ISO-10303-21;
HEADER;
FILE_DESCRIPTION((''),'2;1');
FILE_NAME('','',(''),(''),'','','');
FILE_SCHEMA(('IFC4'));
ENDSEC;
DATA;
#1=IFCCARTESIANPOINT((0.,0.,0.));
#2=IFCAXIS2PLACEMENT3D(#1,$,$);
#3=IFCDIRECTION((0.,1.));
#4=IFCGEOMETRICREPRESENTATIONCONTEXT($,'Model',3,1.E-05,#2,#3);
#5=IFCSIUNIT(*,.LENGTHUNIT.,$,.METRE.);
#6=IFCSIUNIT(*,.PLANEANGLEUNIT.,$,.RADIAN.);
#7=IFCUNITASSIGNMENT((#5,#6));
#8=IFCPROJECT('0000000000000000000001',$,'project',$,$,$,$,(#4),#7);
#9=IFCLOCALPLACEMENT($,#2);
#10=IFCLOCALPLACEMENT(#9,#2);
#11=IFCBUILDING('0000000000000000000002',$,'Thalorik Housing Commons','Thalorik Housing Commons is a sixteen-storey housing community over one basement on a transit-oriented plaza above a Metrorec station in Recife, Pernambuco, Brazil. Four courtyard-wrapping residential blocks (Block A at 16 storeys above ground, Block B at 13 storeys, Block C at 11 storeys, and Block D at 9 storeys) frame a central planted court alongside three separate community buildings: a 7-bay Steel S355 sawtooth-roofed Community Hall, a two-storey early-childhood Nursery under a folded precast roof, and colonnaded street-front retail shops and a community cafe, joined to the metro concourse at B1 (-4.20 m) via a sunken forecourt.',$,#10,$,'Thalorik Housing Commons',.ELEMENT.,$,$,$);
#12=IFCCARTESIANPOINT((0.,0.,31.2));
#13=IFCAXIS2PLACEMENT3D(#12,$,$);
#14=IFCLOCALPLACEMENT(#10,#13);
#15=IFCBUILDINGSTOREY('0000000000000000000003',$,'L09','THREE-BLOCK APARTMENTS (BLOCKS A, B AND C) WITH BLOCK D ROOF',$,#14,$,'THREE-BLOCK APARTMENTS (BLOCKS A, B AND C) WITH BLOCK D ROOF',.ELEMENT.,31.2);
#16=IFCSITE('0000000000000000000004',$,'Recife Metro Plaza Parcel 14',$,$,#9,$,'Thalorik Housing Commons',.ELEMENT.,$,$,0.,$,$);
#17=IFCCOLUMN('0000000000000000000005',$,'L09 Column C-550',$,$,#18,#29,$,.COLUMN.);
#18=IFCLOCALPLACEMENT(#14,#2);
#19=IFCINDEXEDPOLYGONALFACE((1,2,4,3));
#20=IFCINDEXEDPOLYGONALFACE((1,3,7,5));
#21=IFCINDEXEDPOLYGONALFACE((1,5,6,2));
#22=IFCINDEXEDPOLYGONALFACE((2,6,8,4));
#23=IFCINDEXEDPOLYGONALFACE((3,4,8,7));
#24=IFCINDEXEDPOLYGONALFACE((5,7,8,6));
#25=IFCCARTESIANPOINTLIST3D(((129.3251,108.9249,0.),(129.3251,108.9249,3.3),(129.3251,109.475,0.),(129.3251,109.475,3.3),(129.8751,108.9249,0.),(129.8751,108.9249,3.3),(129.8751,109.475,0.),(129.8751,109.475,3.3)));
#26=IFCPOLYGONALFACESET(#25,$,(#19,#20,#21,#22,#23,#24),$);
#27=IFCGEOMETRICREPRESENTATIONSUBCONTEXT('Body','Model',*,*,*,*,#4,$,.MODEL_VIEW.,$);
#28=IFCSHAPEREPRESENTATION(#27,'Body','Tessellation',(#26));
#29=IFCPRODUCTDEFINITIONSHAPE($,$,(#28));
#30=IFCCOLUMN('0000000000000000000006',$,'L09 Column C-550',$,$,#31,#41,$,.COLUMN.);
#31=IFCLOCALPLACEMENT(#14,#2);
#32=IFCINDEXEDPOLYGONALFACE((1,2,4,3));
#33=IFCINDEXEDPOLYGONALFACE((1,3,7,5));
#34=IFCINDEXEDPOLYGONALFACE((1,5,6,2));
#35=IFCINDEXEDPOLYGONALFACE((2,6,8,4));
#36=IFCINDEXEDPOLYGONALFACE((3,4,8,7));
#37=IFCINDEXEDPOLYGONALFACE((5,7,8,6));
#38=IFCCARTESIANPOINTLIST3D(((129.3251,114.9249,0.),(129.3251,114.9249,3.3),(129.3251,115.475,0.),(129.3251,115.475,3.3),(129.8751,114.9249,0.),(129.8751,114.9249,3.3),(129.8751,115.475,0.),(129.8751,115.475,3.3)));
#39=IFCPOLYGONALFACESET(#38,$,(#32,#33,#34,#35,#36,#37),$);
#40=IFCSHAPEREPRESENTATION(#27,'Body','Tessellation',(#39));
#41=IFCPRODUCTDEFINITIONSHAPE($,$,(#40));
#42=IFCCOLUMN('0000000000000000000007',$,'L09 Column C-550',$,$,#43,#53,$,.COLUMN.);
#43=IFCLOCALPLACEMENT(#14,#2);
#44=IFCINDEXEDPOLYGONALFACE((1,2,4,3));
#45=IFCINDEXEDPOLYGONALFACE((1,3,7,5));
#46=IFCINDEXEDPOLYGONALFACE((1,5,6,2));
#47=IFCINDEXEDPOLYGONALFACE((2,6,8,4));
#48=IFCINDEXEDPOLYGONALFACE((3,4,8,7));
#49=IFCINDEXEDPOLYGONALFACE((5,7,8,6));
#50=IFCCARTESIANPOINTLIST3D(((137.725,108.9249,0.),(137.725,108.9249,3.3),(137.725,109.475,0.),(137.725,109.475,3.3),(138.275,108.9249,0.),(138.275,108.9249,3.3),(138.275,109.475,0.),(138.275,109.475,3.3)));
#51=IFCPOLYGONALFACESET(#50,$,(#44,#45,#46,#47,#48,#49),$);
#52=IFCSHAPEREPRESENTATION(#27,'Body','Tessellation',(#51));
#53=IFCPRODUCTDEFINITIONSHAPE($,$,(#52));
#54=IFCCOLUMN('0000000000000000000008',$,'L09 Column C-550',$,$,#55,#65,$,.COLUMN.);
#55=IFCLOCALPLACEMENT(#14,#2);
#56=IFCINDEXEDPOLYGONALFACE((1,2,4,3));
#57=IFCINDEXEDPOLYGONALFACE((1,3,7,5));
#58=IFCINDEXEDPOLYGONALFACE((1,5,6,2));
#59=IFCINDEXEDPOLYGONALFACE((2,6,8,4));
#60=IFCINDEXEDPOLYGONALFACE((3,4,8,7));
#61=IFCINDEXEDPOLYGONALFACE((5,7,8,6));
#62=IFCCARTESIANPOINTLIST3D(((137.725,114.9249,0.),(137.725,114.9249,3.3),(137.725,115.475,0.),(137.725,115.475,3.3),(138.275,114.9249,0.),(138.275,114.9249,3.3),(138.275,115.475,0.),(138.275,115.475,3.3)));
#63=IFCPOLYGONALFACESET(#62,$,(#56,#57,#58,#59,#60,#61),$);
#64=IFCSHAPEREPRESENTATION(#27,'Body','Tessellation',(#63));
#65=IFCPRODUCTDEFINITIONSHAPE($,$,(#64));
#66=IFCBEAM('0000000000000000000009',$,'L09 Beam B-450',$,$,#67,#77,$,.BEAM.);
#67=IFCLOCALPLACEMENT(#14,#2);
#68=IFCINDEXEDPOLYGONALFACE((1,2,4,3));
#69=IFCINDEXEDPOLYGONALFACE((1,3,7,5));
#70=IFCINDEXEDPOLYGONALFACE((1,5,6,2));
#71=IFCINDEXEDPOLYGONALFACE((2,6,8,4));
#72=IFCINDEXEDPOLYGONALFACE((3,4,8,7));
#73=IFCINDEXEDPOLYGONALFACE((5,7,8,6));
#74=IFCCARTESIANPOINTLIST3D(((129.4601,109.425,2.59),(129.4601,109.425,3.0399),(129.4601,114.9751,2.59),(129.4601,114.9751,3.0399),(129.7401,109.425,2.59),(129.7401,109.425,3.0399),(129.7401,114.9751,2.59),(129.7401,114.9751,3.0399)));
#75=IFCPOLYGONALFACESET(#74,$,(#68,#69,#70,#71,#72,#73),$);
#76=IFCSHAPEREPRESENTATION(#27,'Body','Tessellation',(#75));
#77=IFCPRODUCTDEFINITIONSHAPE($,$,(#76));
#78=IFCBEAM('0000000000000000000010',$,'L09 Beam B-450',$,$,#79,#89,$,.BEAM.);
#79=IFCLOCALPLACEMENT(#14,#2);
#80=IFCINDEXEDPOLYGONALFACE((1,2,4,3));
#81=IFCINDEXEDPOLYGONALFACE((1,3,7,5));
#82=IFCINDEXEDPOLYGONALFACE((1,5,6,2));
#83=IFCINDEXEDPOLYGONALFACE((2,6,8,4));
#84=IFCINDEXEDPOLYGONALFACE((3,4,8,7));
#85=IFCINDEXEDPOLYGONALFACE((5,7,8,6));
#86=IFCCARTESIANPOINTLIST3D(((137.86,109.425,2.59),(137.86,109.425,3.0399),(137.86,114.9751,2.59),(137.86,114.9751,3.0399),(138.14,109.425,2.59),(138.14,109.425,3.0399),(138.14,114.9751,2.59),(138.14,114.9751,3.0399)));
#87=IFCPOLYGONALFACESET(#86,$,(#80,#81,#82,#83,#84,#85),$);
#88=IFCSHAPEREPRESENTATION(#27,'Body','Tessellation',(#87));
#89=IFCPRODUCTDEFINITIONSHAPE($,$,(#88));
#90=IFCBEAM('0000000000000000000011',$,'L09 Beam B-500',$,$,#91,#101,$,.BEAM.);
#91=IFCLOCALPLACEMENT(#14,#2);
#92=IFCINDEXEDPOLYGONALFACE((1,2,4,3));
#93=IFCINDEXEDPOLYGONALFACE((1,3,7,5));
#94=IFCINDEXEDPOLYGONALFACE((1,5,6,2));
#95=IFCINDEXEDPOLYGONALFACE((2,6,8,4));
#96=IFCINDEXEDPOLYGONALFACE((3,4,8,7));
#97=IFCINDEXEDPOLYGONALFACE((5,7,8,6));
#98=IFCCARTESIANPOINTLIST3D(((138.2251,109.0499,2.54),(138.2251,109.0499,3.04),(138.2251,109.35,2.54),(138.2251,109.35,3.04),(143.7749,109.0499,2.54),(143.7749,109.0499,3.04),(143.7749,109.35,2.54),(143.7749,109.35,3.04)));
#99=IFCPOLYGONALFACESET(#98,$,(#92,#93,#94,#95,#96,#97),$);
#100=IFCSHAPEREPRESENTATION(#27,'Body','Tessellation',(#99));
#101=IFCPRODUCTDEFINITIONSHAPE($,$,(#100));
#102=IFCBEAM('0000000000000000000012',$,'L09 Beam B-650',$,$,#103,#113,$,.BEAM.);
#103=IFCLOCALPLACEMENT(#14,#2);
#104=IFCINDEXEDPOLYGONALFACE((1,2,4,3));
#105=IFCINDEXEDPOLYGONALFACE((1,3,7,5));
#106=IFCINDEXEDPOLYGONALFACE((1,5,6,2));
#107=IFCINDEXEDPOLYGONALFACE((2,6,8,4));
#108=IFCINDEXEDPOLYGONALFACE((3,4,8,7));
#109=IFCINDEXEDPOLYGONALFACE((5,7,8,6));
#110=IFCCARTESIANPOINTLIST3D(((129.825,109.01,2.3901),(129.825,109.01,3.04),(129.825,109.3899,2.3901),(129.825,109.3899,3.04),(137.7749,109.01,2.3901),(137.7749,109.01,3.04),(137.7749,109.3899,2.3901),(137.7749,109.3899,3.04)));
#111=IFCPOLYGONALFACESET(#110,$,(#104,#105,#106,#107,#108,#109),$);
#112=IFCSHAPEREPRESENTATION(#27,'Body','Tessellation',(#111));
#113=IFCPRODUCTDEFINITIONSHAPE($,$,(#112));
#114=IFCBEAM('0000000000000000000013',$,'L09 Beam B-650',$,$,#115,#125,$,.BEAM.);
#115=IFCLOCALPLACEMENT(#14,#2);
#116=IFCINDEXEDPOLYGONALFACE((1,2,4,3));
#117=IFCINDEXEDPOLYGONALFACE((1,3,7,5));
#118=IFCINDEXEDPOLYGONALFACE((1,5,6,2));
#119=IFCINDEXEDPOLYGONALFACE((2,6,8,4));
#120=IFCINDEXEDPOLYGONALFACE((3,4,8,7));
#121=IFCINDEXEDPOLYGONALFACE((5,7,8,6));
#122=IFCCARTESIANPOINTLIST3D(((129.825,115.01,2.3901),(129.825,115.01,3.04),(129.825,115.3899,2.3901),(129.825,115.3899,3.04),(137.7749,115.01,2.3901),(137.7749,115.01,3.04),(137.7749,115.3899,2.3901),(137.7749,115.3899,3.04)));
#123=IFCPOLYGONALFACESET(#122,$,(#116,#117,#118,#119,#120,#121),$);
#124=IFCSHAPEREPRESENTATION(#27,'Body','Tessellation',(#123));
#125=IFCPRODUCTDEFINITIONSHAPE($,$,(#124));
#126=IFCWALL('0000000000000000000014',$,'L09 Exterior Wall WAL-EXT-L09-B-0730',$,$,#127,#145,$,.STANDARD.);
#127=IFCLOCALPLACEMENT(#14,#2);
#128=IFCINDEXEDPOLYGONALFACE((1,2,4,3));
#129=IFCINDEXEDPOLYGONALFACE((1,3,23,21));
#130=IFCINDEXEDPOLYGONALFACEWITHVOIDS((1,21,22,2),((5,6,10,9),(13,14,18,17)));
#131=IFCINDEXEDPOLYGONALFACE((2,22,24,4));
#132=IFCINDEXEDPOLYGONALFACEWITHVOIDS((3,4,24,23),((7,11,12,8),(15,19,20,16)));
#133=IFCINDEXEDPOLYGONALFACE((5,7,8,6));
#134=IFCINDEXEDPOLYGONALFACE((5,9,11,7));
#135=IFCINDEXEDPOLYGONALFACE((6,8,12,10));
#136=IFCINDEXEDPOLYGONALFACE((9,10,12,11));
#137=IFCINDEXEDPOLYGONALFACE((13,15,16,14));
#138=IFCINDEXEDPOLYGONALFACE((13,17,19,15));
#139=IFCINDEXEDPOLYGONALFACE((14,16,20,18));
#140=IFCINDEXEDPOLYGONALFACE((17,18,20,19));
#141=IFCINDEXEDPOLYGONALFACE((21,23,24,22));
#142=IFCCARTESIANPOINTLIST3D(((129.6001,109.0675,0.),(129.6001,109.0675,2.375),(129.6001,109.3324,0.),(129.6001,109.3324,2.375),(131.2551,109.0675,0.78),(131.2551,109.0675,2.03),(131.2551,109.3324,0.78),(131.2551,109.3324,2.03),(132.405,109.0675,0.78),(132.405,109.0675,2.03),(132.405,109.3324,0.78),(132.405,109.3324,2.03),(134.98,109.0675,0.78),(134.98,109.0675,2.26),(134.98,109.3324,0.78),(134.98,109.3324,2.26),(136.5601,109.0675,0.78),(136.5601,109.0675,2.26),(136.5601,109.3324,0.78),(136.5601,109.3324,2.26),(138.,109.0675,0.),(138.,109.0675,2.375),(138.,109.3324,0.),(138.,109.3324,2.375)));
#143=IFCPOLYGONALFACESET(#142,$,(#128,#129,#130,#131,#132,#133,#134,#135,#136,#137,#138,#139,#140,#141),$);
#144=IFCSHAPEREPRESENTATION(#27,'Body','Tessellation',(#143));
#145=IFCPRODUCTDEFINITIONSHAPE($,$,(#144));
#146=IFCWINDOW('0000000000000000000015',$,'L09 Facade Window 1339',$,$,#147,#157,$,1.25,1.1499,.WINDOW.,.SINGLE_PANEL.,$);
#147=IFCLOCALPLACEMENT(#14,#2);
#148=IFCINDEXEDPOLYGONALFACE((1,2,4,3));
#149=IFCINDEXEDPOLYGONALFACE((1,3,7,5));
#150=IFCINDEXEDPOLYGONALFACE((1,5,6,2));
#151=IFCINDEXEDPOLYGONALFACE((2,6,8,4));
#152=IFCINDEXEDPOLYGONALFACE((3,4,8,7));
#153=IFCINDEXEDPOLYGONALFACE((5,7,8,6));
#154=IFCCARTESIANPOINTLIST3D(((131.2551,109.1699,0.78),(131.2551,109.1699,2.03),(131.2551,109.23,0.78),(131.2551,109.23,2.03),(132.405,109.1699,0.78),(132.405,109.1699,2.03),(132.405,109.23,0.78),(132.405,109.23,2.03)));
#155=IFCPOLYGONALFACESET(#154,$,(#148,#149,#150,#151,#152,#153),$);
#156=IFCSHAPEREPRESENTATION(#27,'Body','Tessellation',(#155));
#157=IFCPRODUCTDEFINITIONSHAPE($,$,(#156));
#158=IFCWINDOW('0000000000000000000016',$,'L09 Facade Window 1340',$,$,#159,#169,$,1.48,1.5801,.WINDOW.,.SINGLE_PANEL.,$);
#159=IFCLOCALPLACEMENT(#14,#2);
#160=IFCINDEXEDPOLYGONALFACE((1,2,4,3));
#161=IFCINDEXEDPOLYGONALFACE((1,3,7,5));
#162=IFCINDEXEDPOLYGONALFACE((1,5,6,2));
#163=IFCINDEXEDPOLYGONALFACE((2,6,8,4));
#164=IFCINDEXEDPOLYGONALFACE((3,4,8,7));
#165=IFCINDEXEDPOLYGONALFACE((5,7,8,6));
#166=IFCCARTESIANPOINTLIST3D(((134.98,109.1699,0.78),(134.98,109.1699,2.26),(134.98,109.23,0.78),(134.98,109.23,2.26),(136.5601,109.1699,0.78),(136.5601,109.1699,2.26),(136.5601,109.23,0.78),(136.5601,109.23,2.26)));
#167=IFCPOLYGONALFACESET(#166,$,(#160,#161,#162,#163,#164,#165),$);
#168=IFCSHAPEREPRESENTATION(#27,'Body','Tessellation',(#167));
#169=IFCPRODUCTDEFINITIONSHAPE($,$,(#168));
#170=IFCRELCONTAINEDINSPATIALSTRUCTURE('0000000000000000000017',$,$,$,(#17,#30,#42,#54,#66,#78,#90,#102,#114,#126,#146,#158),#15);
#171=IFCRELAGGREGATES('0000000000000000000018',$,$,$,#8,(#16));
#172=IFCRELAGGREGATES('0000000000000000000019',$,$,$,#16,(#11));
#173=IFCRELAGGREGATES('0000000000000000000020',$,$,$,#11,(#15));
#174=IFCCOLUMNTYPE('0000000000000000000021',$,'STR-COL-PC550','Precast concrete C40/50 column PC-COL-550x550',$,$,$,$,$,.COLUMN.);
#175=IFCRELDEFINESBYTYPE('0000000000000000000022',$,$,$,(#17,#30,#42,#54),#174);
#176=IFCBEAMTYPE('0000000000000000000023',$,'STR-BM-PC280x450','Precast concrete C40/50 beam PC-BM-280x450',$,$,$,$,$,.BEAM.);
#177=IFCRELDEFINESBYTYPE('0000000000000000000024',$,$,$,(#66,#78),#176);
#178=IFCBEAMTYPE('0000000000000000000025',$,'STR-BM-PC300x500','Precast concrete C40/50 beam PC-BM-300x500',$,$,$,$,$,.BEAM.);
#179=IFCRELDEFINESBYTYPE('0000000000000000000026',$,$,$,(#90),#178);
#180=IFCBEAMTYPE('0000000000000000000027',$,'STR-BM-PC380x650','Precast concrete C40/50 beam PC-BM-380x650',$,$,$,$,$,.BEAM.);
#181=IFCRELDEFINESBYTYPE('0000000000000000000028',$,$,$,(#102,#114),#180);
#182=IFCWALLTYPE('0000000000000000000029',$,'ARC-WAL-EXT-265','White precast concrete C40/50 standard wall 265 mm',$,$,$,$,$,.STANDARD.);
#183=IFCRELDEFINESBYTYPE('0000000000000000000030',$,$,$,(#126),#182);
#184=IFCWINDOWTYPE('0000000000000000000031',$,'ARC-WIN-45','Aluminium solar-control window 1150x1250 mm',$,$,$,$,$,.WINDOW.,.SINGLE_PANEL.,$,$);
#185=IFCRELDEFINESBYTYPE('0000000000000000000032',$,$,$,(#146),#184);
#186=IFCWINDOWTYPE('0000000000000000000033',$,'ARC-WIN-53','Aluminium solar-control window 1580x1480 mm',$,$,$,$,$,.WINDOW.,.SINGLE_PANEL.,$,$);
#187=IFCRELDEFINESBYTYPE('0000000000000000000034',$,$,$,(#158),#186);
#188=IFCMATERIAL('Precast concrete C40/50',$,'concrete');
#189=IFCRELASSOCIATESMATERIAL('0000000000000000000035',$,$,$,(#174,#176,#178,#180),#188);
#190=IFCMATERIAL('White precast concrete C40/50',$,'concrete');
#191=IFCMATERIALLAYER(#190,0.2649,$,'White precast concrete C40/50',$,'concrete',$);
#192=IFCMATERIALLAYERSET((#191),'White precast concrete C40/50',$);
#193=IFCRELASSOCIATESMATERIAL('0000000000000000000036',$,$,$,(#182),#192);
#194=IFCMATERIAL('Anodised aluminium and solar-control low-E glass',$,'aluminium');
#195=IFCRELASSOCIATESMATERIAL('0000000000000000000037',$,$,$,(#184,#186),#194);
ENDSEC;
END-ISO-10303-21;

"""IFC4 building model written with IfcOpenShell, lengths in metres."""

from ifc_helpers import new_model, si_unit, direction, frame, frame_2d, origin, origin_2d, place, context, subcontext, project, spatial, rectangle, extrude, material, layer, layer_set, material_profile, profile_set, type_object, element, fill, save


model = new_model("IFC4")

# Units and contexts
model_context = context("Model", 3, precision=1e-05, world=origin(), true_north=direction((0.0, 1.0)))
body_context = subcontext(model_context, "Body", "Model", "MODEL_VIEW")
ifc_project = project(units=[si_unit("LENGTHUNIT", "METRE"), si_unit("PLANEANGLEUNIT", "RADIAN")], contexts=[model_context])

# Site, building, storey
site_placement = place(None, origin())
site = spatial("IfcSite", under=ifc_project, at=site_placement, Name="Recife Metro Plaza Parcel 14", LongName="Thalorik Housing Commons", CompositionType="ELEMENT", RefElevation=0.0)
building_placement = place(site_placement, origin())
building = spatial("IfcBuilding", under=site, at=building_placement, Name="Thalorik Housing Commons", Description="Thalorik Housing Commons is a sixteen-storey housing community over one basement on a transit-oriented plaza above a Metrorec station in Recife, Pernambuco, Brazil. Four courtyard-wrapping residential blocks (Block A at 16 storeys above ground, Block B at 13 storeys, Block C at 11 storeys, and Block D at 9 storeys) frame a central planted court alongside three separate community buildings: a 7-bay Steel S355 sawtooth-roofed Community Hall, a two-storey early-childhood Nursery under a folded precast roof, and colonnaded street-front retail shops and a community cafe, joined to the metro concourse at B1 (-4.20 m) via a sunken forecourt.", LongName="Thalorik Housing Commons", CompositionType="ELEMENT")
storey_placement = place(building_placement, frame((0.0, 0.0, 31.2)))
storey = spatial("IfcBuildingStorey", under=building, at=storey_placement, Name="L09", Description="THREE-BLOCK APARTMENTS (BLOCKS A, B AND C) WITH BLOCK D ROOF", LongName="THREE-BLOCK APARTMENTS (BLOCKS A, B AND C) WITH BLOCK D ROOF", CompositionType="ELEMENT", Elevation=31.2)

# Columns
ifc_material_1 = material(Name="Precast concrete C40/50", Category="concrete")
ifc_material_profile_1 = material_profile(ifc_material_1, rectangle(XDim=0.55, YDim=0.55, at=origin_2d()), Name="PC 550x550", Category="concrete")
ifc_profile_set_1 = profile_set([ifc_material_profile_1], Name="Precast concrete C40/50")
column_type = type_object("IfcColumnType", Name="STR-COL-PC550", Description="Precast concrete C40/50 column PC-COL-550x550", PredefinedType="COLUMN", material=ifc_profile_set_1)
for number, where, z_axis, x_axis, name in (
    (1, (129.6001, 109.2, 0.0), (0.0, 0.0, 1.0), (1.0, 0.0, 0.0), "L09 Column C-550"),
    (2, (129.6001, 115.2, 0.0), (0.0, 0.0, 1.0), (1.0, 0.0, 0.0), "L09 Column C-550"),
    (3, (138.0, 109.2, 0.0), (0.0, 0.0, 1.0), (1.0, 0.0, 0.0), "L09 Column C-550"),
    (4, (138.0, 115.2, 0.0), (0.0, 0.0, 1.0), (1.0, 0.0, 0.0), "L09 Column C-550"),
):
    element("IfcColumn", number, at=place(storey_placement, frame(where, z_axis=z_axis, x_axis=x_axis)), inside=storey, type_object=column_type, Name=name, PredefinedType="COLUMN", context=body_context, shape_type="SweptSolid", body=[
        extrude(rectangle(XDim=0.55, YDim=0.55, at=origin_2d()), origin(), (0.0, 0.0, 1.0), 3.3),
    ])

# Beams
ifc_material_profile_2 = material_profile(ifc_material_1, rectangle(XDim=0.28, YDim=0.45, at=origin_2d()), Name="PC 280x450", Category="concrete")
ifc_profile_set_2 = profile_set([ifc_material_profile_2], Name="Precast concrete C40/50")
beam_type_1 = type_object("IfcBeamType", Name="STR-BM-PC280x450", Description="Precast concrete C40/50 beam PC-BM-280x450", PredefinedType="BEAM", material=ifc_profile_set_2)
for number, where, z_axis, x_axis, name in (
    (5, (129.6001, 109.425, 2.8149), (0.0, 1.0, 0.0), (-1.0, 0.0, 0.0), "L09 Beam B-450"),
    (6, (138.0, 109.425, 2.8149), (0.0, 1.0, 0.0), (-1.0, 0.0, 0.0), "L09 Beam B-450"),
):
    element("IfcBeam", number, at=place(storey_placement, frame(where, z_axis=z_axis, x_axis=x_axis)), inside=storey, type_object=beam_type_1, Name=name, PredefinedType="BEAM", context=body_context, shape_type="SweptSolid", body=[
        extrude(rectangle(XDim=0.28, YDim=0.45, at=origin_2d()), origin(), (0.0, 0.0, 1.0), 5.55),
    ])
ifc_material_profile_3 = material_profile(ifc_material_1, rectangle(XDim=0.3, YDim=0.5, at=origin_2d()), Name="PC 300x500", Category="concrete")
ifc_profile_set_3 = profile_set([ifc_material_profile_3], Name="Precast concrete C40/50")
beam_type_2 = type_object("IfcBeamType", Name="STR-BM-PC300x500", Description="Precast concrete C40/50 beam PC-BM-300x500", PredefinedType="BEAM", material=ifc_profile_set_3)
beam_placement = place(storey_placement, frame((138.2251, 109.2, 2.79), z_axis=(1.0, 0.0, 0.0), x_axis=(0.0, 1.0, 0.0)))
element("IfcBeam", 7, at=beam_placement, inside=storey, type_object=beam_type_2, Name="L09 Beam B-500", PredefinedType="BEAM", context=body_context, shape_type="SweptSolid", body=[
    extrude(rectangle(XDim=0.3, YDim=0.5, at=origin_2d()), origin(), (0.0, 0.0, 1.0), 5.5498),
])
ifc_material_profile_4 = material_profile(ifc_material_1, rectangle(XDim=0.3799, YDim=0.6499, at=origin_2d()), Name="PC 380x650", Category="concrete")
ifc_profile_set_4 = profile_set([ifc_material_profile_4], Name="Precast concrete C40/50")
beam_type_3 = type_object("IfcBeamType", Name="STR-BM-PC380x650", Description="Precast concrete C40/50 beam PC-BM-380x650", PredefinedType="BEAM", material=ifc_profile_set_4)
for number, where, z_axis, x_axis, name in (
    (8, (129.825, 109.2, 2.7151), (1.0, 0.0, 0.0), (0.0, 1.0, 0.0), "L09 Beam B-650"),
    (9, (129.825, 115.2, 2.7151), (1.0, 0.0, 0.0), (0.0, 1.0, 0.0), "L09 Beam B-650"),
):
    element("IfcBeam", number, at=place(storey_placement, frame(where, z_axis=z_axis, x_axis=x_axis)), inside=storey, type_object=beam_type_3, Name=name, PredefinedType="BEAM", context=body_context, shape_type="SweptSolid", body=[
        extrude(rectangle(XDim=0.3799, YDim=0.6499, at=origin_2d()), origin(), (0.0, 0.0, 1.0), 7.95),
    ])

# Wall, openings, windows
ifc_material_2 = material(Name="White precast concrete C40/50", Category="concrete")
ifc_layer_1 = layer(ifc_material_2, 0.2649, Name="White precast concrete C40/50", Category="concrete")
ifc_layer_set_1 = layer_set([ifc_layer_1], Name="White precast concrete C40/50")
wall_type_1 = type_object("IfcWallType", Name="ARC-WAL-EXT-265", Description="White precast concrete C40/50 standard wall 265 mm", PredefinedType="STANDARD", material=ifc_layer_set_1)
wall_1_placement = place(storey_placement, frame((129.6001, 109.2, 0.0), z_axis=(0.0, 0.0, 1.0), x_axis=(1.0, 0.0, 0.0)))
wall_1 = element("IfcWall", 10, at=wall_1_placement, inside=storey, type_object=wall_type_1, Name="L09 Exterior Wall WAL-EXT-L09-B-0730", PredefinedType="STANDARD", context=body_context, shape_type="SweptSolid", body=[
    extrude(rectangle(XDim=8.3999, YDim=0.2649, at=frame_2d((4.2, 0.0))), origin(), (0.0, 0.0, 1.0), 2.375),
])
opening_1_placement = place(wall_1_placement, frame((1.655, 0.0, 0.78)))
opening_1 = element("IfcOpeningElement", 11, at=opening_1_placement, cuts=wall_1, PredefinedType="OPENING", context=body_context, shape_type="SweptSolid", body=[
    extrude(rectangle(XDim=1.1499, YDim=1.25, at=frame_2d((0.575, 0.625))), frame((0.0, 0.1426, 0.0), z_axis=(0.0, -1.0, 0.0), x_axis=(1.0, 0.0, 0.0)), (0.0, 0.0, 1.0), 0.2849),
])
opening_2_placement = place(wall_1_placement, frame((5.3799, 0.0, 0.78)))
opening_2 = element("IfcOpeningElement", 12, at=opening_2_placement, cuts=wall_1, PredefinedType="OPENING", context=body_context, shape_type="SweptSolid", body=[
    extrude(rectangle(XDim=1.5801, YDim=1.48, at=frame_2d((0.79, 0.74))), frame((0.0, 0.1426, 0.0), z_axis=(0.0, -1.0, 0.0), x_axis=(1.0, 0.0, 0.0)), (0.0, 0.0, 1.0), 0.2849),
])
ifc_material_3 = material(Name="Anodised aluminium and solar-control low-E glass", Category="aluminium")
window_type_1 = type_object("IfcWindowType", Name="ARC-WIN-45", Description="Aluminium solar-control window 1150x1250 mm", PartitioningType="SINGLE_PANEL", PredefinedType="WINDOW", material=ifc_material_3)
window_1_placement = place(opening_1_placement, origin())
window_1 = element("IfcWindow", 13, at=window_1_placement, inside=storey, type_object=window_type_1, Name="L09 Facade Window 1339", OverallHeight=1.25, OverallWidth=1.1499, PartitioningType="SINGLE_PANEL", PredefinedType="WINDOW", context=body_context, shape_type="SweptSolid", body=[
    extrude(rectangle(XDim=1.1499, YDim=1.25, at=frame_2d((0.575, 0.625))), frame((0.0, 0.03, 0.0), z_axis=(0.0, -1.0, 0.0), x_axis=(1.0, 0.0, 0.0)), (0.0, 0.0, 1.0), 0.0601),
])
fill(opening_1, window_1)
window_type_2 = type_object("IfcWindowType", Name="ARC-WIN-53", Description="Aluminium solar-control window 1580x1480 mm", PartitioningType="SINGLE_PANEL", PredefinedType="WINDOW", material=ifc_material_3)
window_2_placement = place(opening_2_placement, origin())
window_2 = element("IfcWindow", 14, at=window_2_placement, inside=storey, type_object=window_type_2, Name="L09 Facade Window 1340", OverallHeight=1.48, OverallWidth=1.5801, PartitioningType="SINGLE_PANEL", PredefinedType="WINDOW", context=body_context, shape_type="SweptSolid", body=[
    extrude(rectangle(XDim=1.5801, YDim=1.48, at=frame_2d((0.79, 0.74))), frame((0.0, 0.03, 0.0), z_axis=(0.0, -1.0, 0.0), x_axis=(1.0, 0.0, 0.0)), (0.0, 0.0, 1.0), 0.0601),
])
fill(opening_2, window_2)

save(model, "model.ifc")
